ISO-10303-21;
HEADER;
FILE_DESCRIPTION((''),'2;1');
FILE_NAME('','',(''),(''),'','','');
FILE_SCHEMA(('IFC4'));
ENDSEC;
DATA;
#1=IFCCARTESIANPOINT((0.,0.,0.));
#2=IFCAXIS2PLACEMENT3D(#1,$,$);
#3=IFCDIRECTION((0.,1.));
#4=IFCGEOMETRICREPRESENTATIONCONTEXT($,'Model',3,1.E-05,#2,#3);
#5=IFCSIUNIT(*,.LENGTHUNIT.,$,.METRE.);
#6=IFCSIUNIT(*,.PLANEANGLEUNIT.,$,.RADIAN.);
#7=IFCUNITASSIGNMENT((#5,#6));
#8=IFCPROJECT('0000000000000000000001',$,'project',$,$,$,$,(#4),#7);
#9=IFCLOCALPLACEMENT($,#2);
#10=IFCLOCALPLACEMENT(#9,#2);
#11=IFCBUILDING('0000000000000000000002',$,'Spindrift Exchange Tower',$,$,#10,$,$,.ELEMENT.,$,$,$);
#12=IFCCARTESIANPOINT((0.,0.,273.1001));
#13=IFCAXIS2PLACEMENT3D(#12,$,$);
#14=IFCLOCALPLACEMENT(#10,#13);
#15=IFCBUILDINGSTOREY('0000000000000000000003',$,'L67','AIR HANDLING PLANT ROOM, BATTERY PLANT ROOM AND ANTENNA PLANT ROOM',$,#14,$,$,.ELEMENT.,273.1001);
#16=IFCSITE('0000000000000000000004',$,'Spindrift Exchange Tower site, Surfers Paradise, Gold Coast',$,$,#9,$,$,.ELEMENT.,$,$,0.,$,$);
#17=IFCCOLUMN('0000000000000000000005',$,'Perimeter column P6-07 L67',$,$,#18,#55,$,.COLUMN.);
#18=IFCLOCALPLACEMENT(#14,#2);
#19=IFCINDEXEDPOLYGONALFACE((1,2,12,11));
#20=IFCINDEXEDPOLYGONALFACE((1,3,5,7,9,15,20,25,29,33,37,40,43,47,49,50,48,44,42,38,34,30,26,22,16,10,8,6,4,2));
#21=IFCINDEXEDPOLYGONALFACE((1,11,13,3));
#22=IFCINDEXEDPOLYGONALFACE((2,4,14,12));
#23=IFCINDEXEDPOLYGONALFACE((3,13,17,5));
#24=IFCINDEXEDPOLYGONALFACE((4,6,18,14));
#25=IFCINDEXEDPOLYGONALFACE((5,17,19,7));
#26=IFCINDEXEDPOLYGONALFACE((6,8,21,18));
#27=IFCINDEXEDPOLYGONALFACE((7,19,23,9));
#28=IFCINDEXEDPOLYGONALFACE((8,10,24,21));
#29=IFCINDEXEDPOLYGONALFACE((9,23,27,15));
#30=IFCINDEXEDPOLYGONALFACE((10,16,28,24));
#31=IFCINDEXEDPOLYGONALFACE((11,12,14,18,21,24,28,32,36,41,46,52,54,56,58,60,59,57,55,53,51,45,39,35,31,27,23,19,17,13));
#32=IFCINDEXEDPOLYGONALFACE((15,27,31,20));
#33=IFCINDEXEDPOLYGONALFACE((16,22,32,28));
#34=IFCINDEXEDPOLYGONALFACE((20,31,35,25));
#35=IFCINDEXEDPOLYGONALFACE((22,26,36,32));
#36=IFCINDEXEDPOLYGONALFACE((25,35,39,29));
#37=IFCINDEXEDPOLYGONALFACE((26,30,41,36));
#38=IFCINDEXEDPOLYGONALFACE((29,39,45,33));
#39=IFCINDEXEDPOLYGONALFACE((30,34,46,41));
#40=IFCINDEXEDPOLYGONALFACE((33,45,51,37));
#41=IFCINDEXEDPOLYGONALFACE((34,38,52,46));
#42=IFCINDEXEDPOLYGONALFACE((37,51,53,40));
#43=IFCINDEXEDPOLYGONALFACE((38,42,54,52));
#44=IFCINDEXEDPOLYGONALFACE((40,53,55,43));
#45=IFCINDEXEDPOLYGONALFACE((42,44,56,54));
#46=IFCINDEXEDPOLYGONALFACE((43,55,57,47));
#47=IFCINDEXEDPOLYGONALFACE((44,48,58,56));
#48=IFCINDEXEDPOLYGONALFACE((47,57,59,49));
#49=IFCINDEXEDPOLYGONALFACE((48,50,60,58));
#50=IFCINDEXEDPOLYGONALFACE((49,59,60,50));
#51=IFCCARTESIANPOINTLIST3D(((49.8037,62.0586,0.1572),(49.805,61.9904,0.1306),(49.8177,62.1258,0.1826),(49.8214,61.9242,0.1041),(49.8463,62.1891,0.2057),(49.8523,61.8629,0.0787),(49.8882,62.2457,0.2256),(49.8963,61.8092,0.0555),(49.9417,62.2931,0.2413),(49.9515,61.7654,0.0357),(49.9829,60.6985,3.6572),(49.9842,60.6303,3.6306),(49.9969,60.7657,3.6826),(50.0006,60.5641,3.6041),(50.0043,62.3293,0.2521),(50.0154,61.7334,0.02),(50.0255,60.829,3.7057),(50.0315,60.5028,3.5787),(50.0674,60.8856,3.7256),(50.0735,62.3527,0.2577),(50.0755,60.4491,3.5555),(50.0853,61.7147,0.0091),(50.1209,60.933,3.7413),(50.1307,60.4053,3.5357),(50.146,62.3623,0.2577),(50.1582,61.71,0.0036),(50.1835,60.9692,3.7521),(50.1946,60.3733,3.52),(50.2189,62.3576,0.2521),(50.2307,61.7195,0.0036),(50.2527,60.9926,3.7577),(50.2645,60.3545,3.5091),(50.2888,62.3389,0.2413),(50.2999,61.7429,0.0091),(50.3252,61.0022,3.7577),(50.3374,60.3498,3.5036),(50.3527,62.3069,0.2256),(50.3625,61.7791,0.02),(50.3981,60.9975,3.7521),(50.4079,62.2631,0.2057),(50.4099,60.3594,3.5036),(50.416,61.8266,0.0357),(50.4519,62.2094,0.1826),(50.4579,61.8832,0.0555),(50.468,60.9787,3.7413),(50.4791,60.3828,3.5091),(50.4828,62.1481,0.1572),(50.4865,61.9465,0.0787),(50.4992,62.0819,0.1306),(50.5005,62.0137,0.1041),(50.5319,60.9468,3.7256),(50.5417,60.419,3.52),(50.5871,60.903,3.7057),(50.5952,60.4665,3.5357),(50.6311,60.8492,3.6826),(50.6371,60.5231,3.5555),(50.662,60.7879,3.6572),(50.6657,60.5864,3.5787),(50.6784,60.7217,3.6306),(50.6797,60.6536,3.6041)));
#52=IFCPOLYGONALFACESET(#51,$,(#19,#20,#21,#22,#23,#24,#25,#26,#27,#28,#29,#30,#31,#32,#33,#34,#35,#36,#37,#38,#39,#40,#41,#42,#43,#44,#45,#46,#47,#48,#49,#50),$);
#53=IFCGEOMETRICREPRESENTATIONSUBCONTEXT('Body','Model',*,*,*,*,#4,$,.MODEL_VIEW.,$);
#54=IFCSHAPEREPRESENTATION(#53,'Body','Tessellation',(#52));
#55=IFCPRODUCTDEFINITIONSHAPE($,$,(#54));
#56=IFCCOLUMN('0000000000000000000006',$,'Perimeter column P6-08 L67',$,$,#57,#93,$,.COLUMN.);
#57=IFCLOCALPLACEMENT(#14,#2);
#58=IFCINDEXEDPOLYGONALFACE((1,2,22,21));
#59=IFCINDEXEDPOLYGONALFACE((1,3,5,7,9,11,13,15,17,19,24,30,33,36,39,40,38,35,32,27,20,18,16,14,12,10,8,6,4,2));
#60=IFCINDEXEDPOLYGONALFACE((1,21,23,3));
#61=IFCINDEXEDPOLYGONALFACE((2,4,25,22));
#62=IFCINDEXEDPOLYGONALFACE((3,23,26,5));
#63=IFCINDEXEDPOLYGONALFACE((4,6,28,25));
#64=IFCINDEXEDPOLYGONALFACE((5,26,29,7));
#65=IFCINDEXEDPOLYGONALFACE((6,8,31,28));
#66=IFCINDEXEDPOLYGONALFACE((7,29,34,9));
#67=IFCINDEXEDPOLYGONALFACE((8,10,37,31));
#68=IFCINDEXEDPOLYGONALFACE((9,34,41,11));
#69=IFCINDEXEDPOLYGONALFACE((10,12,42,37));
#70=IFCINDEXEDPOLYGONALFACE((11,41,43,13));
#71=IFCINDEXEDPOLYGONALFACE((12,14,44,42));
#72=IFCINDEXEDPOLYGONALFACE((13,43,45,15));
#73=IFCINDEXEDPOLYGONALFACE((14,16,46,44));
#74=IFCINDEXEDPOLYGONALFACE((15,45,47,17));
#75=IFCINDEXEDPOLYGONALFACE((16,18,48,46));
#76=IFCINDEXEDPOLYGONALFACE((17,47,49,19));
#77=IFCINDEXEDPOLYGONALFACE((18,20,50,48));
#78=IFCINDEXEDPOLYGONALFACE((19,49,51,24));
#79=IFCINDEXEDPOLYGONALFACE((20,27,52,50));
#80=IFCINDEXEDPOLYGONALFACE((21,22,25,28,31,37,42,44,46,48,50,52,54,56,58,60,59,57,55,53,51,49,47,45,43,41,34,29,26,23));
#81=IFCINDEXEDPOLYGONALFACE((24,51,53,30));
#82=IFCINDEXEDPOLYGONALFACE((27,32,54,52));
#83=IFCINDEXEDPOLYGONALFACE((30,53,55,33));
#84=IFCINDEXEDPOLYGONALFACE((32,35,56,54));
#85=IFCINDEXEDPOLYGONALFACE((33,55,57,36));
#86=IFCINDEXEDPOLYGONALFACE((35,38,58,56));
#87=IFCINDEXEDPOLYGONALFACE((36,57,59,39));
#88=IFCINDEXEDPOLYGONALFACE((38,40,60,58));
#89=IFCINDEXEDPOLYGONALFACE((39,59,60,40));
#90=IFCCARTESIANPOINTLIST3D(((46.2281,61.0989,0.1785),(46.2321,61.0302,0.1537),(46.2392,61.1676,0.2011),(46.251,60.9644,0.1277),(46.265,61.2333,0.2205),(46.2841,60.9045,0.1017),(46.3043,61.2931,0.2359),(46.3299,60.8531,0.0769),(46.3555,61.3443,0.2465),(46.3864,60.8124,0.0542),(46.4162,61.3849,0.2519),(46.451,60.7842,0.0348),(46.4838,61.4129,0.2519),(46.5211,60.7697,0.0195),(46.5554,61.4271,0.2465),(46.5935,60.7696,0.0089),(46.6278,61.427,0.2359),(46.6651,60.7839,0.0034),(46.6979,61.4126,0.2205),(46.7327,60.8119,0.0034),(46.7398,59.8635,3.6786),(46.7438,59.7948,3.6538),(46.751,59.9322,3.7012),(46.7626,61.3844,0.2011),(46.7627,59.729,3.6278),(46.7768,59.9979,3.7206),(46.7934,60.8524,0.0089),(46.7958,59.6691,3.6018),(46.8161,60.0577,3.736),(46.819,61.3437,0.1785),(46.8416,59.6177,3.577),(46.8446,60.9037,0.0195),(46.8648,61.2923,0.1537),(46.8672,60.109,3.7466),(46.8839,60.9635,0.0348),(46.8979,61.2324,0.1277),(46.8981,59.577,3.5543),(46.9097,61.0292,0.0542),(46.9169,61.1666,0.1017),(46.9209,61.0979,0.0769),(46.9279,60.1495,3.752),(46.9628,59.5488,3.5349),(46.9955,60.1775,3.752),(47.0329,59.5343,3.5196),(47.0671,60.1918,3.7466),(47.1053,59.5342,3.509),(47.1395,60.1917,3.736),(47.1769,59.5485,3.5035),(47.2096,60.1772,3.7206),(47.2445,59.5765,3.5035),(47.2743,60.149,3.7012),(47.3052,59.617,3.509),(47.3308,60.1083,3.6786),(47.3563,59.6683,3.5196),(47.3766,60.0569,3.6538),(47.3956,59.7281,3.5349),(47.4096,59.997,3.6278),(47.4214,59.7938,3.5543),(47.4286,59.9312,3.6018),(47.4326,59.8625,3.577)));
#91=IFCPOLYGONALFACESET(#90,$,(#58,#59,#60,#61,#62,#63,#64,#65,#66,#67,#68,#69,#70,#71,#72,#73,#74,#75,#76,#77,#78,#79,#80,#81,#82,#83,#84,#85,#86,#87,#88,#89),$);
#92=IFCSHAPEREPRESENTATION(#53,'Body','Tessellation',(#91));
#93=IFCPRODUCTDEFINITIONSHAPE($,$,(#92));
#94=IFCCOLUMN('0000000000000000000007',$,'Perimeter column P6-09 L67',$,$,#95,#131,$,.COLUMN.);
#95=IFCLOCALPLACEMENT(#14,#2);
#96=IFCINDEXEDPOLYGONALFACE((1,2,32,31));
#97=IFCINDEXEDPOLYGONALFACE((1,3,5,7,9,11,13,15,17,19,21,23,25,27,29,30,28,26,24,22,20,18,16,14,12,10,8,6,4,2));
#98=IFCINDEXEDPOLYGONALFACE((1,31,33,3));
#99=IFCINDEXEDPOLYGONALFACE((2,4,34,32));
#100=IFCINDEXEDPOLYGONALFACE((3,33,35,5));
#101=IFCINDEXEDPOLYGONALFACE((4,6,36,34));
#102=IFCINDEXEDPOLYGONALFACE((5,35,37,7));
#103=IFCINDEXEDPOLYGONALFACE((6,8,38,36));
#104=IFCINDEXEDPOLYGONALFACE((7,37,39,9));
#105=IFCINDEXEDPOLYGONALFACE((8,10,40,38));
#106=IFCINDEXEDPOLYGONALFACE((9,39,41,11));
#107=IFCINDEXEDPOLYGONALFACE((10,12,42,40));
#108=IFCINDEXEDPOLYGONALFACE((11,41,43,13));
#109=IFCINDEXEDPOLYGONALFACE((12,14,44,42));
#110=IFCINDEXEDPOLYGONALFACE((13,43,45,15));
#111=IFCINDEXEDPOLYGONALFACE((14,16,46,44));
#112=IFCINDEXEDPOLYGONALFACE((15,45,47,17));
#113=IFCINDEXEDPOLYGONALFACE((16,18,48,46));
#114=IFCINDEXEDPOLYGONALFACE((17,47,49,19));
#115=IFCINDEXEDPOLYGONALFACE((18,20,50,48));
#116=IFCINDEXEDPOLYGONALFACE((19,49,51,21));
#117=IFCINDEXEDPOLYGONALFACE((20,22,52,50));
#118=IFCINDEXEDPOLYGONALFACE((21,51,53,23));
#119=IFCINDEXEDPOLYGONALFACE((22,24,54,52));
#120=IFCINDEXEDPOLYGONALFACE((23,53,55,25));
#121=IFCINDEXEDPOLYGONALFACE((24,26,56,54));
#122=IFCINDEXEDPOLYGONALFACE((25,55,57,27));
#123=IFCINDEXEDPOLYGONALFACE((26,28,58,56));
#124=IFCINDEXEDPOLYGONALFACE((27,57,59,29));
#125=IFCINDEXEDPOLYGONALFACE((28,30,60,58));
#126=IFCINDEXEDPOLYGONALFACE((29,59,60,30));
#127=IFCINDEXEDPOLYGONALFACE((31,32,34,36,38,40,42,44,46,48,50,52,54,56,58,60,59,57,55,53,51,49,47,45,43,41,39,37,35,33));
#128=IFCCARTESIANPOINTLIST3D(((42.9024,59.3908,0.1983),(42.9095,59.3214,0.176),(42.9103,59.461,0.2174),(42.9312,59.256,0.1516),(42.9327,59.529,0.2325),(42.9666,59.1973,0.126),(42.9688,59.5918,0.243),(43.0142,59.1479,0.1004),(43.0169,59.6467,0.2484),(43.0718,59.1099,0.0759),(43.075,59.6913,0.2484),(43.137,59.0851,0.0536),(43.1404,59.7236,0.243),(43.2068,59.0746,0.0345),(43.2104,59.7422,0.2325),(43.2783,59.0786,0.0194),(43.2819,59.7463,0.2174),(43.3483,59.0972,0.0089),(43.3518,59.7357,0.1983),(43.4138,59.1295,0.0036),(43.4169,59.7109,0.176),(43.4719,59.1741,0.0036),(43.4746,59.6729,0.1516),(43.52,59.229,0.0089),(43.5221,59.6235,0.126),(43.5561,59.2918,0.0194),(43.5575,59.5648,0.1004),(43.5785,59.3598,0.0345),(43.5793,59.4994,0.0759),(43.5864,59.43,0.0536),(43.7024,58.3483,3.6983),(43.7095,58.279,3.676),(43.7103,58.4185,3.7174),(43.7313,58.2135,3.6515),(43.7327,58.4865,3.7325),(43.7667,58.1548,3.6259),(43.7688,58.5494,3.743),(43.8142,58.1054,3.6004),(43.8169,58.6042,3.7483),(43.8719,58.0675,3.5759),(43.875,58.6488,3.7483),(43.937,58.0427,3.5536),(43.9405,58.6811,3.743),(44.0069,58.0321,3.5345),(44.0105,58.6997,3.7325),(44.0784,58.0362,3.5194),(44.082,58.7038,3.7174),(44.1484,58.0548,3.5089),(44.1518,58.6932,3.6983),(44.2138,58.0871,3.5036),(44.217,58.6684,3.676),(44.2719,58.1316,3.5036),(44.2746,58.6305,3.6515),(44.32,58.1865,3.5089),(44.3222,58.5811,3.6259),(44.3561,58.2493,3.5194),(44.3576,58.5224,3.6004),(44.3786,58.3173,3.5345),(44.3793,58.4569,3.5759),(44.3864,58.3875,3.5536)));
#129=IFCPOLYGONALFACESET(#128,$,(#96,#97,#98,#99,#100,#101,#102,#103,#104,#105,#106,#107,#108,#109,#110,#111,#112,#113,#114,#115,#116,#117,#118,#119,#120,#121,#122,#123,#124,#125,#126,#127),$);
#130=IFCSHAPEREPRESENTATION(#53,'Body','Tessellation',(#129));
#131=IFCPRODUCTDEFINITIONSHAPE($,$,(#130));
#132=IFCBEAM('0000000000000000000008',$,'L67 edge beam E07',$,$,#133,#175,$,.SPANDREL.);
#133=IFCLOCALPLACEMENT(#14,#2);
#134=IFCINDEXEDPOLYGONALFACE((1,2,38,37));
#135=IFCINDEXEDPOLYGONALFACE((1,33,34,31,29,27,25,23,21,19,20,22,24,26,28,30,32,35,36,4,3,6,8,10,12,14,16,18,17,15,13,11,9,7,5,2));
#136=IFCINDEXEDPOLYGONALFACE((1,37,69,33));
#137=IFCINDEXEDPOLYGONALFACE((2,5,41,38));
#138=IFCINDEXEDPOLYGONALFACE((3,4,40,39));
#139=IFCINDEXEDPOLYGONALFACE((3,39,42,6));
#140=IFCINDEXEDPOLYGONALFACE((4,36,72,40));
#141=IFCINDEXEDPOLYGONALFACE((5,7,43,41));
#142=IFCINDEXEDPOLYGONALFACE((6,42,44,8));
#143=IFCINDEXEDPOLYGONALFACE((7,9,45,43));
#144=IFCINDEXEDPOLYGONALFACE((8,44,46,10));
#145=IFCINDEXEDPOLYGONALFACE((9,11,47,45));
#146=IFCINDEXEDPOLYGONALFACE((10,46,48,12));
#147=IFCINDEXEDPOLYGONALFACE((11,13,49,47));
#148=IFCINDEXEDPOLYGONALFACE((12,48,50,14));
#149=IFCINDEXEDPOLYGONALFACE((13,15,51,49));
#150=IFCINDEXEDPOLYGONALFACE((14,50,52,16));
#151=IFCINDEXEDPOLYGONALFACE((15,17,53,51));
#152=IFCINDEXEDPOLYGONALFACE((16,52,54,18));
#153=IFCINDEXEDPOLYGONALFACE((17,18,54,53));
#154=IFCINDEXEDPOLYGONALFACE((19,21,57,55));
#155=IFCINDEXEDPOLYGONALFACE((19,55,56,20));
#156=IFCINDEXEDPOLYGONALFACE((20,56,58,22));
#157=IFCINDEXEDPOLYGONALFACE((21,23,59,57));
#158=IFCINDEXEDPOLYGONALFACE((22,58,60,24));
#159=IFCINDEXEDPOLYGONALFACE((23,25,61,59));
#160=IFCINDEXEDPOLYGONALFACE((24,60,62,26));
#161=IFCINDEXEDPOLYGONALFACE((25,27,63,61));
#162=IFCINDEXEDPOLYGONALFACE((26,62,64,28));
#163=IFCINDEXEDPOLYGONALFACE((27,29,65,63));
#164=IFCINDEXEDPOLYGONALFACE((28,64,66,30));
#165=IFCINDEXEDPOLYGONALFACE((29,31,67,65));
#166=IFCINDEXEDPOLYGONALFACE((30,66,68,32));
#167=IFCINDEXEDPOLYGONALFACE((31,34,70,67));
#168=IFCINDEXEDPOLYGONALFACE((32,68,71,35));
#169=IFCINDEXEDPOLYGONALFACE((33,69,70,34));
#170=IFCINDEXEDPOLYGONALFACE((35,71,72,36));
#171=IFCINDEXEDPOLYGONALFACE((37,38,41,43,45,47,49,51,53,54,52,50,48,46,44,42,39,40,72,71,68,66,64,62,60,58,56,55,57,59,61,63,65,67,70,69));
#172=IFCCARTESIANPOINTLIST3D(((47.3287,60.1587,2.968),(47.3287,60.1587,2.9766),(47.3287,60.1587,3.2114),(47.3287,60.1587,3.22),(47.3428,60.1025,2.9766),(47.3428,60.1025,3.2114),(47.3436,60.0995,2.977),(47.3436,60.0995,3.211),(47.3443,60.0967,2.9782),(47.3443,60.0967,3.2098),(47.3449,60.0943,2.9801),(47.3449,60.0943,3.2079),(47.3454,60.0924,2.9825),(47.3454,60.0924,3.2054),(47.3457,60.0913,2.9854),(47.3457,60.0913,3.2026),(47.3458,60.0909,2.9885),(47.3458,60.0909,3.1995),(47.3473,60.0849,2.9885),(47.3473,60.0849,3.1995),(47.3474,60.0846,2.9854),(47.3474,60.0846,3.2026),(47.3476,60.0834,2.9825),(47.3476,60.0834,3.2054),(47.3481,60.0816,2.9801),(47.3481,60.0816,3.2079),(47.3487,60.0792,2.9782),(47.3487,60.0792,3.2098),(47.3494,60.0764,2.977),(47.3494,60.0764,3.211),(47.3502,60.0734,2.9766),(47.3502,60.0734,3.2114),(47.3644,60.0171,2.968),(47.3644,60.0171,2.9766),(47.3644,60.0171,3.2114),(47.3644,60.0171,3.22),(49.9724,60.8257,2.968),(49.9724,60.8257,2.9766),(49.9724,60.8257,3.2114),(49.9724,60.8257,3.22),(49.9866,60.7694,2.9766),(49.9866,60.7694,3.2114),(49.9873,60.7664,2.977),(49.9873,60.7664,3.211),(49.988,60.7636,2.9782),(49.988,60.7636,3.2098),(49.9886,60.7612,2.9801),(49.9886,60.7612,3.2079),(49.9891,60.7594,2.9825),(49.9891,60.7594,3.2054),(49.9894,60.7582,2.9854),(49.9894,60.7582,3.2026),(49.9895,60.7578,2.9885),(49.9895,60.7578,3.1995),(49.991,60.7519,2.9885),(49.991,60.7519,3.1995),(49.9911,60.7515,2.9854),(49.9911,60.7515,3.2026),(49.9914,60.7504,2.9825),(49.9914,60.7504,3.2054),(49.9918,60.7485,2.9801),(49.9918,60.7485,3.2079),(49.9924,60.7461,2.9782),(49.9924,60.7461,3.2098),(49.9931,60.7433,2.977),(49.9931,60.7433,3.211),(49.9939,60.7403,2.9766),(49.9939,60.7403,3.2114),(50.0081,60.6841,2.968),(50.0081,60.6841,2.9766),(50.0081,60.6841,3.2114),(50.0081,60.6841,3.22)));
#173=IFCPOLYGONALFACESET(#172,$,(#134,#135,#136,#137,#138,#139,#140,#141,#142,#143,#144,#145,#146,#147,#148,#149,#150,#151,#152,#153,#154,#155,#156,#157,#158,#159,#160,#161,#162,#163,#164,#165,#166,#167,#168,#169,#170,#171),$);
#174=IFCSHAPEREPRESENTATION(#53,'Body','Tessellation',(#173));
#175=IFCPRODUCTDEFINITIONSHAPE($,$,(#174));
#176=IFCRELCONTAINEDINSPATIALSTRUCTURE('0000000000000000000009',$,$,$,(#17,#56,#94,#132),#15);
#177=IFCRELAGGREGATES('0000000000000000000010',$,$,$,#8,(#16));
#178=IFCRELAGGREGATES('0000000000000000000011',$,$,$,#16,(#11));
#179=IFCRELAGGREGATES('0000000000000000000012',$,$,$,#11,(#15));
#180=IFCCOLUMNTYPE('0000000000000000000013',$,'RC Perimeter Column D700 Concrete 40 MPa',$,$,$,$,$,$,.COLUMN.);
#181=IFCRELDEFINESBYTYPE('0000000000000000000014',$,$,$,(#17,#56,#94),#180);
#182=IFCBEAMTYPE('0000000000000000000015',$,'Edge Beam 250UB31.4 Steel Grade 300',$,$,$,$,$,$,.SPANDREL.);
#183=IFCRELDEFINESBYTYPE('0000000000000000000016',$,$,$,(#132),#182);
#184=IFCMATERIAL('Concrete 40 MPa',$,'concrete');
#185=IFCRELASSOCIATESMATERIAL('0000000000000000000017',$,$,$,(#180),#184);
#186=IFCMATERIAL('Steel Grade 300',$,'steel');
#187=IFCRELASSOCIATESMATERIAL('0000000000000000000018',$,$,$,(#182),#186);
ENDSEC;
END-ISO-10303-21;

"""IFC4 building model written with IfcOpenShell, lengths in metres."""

from ifc_helpers import new_model, si_unit, direction, frame, origin, origin_2d, place, context, subcontext, project, spatial, circle, i_section, extrude, source, transform, mapped, material, material_profile, profile_set, type_object, element, save


model = new_model("IFC4")

# Units and contexts
model_context = context("Model", 3, precision=1e-05, world=origin(), true_north=direction((0.0, 1.0)))
body_context = subcontext(model_context, "Body", "Model", "MODEL_VIEW")
ifc_project = project(units=[si_unit("LENGTHUNIT", "METRE"), si_unit("PLANEANGLEUNIT", "RADIAN")], contexts=[model_context])

# Site, building, storey
site_placement = place(None, origin())
site = spatial("IfcSite", under=ifc_project, at=site_placement, Name="Spindrift Exchange Tower site, Surfers Paradise, Gold Coast", CompositionType="ELEMENT", RefElevation=0.0)
building_placement = place(site_placement, origin())
building = spatial("IfcBuilding", under=site, at=building_placement, Name="Spindrift Exchange Tower", CompositionType="ELEMENT")
storey_placement = place(building_placement, frame((0.0, 0.0, 273.1001)))
storey = spatial("IfcBuildingStorey", under=building, at=storey_placement, Name="L67", Description="AIR HANDLING PLANT ROOM, BATTERY PLANT ROOM AND ANTENNA PLANT ROOM", CompositionType="ELEMENT", Elevation=273.1001)

# Columns
ifc_material_1 = material(Name="Concrete 40 MPa", Category="concrete")
ifc_material_profile_1 = material_profile(ifc_material_1, circle(Radius=0.3501, at=origin_2d()), Name="RC D700")
ifc_profile_set_1 = profile_set([ifc_material_profile_1], Name="Concrete 40 MPa")
column_type = type_object("IfcColumnType", Name="RC Perimeter Column D700 Concrete 40 MPa", PredefinedType="COLUMN", material=ifc_profile_set_1)
shared_shape_1 = source(origin(), body_context, "Body", "SweptSolid", [
    extrude(circle(Radius=0.3501, at=origin_2d()), origin(), (0.0, 0.0, 1.0), 3.7593),
])
column_1_placement = place(storey_placement, frame((50.1521, 62.0361, 0.1306), z_axis=(0.047669, -0.361802, 0.931035), x_axis=(0.991432, 0.130625, 0.0)))
element("IfcColumn", 1, at=column_1_placement, inside=storey, type_object=column_type, Name="Perimeter column P6-07 L67", PredefinedType="COLUMN", context=body_context, shape_type="MappedRepresentation", body=[
    mapped(shared_shape_1, transform((0.0, 0.0, 0.0), scale=1.0)),
])
shared_shape_2 = source(origin(), body_context, "Body", "SweptSolid", [
    extrude(circle(Radius=0.3501, at=origin_2d()), origin(), (0.0, 0.0, 1.0), 3.7468),
])
column_2_placement = place(storey_placement, frame((46.5745, 61.0984, 0.1277), z_axis=(0.136578, -0.329715, 0.934149), x_axis=(0.923874, 0.382696, 0.0)))
element("IfcColumn", 2, at=column_2_placement, inside=storey, type_object=column_type, Name="Perimeter column P6-08 L67", PredefinedType="COLUMN", context=body_context, shape_type="MappedRepresentation", body=[
    mapped(shared_shape_2, transform((0.0, 0.0, 0.0), scale=1.0)),
])
shared_shape_3 = source(origin(), body_context, "Body", "SweptSolid", [
    extrude(circle(Radius=0.3501, at=origin_2d()), origin(), (0.0, 0.0, 1.0), 3.7385),
])
column_3_placement = place(storey_placement, frame((43.2444, 59.4104, 0.126), z_axis=(0.213999, -0.278845, 0.936189), x_axis=(0.793307, 0.608822, 0.0)))
element("IfcColumn", 3, at=column_3_placement, inside=storey, type_object=column_type, Name="Perimeter column P6-09 L67", PredefinedType="COLUMN", context=body_context, shape_type="MappedRepresentation", body=[
    mapped(shared_shape_3, transform((0.0, 0.0, 0.0), scale=1.0)),
])

# Beam
ifc_material_2 = material(Name="Steel Grade 300", Category="steel")
ifc_material_profile_2 = material_profile(ifc_material_2, i_section(OverallWidth=0.146, OverallDepth=0.252, WebThickness=0.0061, FlangeThickness=0.0085, FilletRadius=0.012, at=origin_2d()), Name="250UB31.4")
ifc_profile_set_2 = profile_set([ifc_material_profile_2], Name="Steel Grade 300")
beam_type = type_object("IfcBeamType", Name="Edge Beam 250UB31.4 Steel Grade 300", PredefinedType="SPANDREL", material=ifc_profile_set_2)
shared_shape_4 = source(origin(), body_context, "Body", "SweptSolid", [
    extrude(i_section(OverallWidth=0.146, OverallDepth=0.252, WebThickness=0.0061, FlangeThickness=0.0085, FilletRadius=0.012, at=origin_2d()), origin(), (0.0, 0.0, 1.0), 2.7266),
])
beam_1_placement = place(storey_placement, frame((49.9902, 60.7549, 3.094), z_axis=(-0.969619, -0.244621, 0.0), x_axis=(0.244621, -0.969619, 0.0)))
element("IfcBeam", 4, at=beam_1_placement, inside=storey, type_object=beam_type, Name="L67 edge beam E07", PredefinedType="SPANDREL", context=body_context, shape_type="MappedRepresentation", body=[
    mapped(shared_shape_4, transform((0.0, 0.0, 0.0), scale=1.0)),
])

save(model, "model.ifc")
